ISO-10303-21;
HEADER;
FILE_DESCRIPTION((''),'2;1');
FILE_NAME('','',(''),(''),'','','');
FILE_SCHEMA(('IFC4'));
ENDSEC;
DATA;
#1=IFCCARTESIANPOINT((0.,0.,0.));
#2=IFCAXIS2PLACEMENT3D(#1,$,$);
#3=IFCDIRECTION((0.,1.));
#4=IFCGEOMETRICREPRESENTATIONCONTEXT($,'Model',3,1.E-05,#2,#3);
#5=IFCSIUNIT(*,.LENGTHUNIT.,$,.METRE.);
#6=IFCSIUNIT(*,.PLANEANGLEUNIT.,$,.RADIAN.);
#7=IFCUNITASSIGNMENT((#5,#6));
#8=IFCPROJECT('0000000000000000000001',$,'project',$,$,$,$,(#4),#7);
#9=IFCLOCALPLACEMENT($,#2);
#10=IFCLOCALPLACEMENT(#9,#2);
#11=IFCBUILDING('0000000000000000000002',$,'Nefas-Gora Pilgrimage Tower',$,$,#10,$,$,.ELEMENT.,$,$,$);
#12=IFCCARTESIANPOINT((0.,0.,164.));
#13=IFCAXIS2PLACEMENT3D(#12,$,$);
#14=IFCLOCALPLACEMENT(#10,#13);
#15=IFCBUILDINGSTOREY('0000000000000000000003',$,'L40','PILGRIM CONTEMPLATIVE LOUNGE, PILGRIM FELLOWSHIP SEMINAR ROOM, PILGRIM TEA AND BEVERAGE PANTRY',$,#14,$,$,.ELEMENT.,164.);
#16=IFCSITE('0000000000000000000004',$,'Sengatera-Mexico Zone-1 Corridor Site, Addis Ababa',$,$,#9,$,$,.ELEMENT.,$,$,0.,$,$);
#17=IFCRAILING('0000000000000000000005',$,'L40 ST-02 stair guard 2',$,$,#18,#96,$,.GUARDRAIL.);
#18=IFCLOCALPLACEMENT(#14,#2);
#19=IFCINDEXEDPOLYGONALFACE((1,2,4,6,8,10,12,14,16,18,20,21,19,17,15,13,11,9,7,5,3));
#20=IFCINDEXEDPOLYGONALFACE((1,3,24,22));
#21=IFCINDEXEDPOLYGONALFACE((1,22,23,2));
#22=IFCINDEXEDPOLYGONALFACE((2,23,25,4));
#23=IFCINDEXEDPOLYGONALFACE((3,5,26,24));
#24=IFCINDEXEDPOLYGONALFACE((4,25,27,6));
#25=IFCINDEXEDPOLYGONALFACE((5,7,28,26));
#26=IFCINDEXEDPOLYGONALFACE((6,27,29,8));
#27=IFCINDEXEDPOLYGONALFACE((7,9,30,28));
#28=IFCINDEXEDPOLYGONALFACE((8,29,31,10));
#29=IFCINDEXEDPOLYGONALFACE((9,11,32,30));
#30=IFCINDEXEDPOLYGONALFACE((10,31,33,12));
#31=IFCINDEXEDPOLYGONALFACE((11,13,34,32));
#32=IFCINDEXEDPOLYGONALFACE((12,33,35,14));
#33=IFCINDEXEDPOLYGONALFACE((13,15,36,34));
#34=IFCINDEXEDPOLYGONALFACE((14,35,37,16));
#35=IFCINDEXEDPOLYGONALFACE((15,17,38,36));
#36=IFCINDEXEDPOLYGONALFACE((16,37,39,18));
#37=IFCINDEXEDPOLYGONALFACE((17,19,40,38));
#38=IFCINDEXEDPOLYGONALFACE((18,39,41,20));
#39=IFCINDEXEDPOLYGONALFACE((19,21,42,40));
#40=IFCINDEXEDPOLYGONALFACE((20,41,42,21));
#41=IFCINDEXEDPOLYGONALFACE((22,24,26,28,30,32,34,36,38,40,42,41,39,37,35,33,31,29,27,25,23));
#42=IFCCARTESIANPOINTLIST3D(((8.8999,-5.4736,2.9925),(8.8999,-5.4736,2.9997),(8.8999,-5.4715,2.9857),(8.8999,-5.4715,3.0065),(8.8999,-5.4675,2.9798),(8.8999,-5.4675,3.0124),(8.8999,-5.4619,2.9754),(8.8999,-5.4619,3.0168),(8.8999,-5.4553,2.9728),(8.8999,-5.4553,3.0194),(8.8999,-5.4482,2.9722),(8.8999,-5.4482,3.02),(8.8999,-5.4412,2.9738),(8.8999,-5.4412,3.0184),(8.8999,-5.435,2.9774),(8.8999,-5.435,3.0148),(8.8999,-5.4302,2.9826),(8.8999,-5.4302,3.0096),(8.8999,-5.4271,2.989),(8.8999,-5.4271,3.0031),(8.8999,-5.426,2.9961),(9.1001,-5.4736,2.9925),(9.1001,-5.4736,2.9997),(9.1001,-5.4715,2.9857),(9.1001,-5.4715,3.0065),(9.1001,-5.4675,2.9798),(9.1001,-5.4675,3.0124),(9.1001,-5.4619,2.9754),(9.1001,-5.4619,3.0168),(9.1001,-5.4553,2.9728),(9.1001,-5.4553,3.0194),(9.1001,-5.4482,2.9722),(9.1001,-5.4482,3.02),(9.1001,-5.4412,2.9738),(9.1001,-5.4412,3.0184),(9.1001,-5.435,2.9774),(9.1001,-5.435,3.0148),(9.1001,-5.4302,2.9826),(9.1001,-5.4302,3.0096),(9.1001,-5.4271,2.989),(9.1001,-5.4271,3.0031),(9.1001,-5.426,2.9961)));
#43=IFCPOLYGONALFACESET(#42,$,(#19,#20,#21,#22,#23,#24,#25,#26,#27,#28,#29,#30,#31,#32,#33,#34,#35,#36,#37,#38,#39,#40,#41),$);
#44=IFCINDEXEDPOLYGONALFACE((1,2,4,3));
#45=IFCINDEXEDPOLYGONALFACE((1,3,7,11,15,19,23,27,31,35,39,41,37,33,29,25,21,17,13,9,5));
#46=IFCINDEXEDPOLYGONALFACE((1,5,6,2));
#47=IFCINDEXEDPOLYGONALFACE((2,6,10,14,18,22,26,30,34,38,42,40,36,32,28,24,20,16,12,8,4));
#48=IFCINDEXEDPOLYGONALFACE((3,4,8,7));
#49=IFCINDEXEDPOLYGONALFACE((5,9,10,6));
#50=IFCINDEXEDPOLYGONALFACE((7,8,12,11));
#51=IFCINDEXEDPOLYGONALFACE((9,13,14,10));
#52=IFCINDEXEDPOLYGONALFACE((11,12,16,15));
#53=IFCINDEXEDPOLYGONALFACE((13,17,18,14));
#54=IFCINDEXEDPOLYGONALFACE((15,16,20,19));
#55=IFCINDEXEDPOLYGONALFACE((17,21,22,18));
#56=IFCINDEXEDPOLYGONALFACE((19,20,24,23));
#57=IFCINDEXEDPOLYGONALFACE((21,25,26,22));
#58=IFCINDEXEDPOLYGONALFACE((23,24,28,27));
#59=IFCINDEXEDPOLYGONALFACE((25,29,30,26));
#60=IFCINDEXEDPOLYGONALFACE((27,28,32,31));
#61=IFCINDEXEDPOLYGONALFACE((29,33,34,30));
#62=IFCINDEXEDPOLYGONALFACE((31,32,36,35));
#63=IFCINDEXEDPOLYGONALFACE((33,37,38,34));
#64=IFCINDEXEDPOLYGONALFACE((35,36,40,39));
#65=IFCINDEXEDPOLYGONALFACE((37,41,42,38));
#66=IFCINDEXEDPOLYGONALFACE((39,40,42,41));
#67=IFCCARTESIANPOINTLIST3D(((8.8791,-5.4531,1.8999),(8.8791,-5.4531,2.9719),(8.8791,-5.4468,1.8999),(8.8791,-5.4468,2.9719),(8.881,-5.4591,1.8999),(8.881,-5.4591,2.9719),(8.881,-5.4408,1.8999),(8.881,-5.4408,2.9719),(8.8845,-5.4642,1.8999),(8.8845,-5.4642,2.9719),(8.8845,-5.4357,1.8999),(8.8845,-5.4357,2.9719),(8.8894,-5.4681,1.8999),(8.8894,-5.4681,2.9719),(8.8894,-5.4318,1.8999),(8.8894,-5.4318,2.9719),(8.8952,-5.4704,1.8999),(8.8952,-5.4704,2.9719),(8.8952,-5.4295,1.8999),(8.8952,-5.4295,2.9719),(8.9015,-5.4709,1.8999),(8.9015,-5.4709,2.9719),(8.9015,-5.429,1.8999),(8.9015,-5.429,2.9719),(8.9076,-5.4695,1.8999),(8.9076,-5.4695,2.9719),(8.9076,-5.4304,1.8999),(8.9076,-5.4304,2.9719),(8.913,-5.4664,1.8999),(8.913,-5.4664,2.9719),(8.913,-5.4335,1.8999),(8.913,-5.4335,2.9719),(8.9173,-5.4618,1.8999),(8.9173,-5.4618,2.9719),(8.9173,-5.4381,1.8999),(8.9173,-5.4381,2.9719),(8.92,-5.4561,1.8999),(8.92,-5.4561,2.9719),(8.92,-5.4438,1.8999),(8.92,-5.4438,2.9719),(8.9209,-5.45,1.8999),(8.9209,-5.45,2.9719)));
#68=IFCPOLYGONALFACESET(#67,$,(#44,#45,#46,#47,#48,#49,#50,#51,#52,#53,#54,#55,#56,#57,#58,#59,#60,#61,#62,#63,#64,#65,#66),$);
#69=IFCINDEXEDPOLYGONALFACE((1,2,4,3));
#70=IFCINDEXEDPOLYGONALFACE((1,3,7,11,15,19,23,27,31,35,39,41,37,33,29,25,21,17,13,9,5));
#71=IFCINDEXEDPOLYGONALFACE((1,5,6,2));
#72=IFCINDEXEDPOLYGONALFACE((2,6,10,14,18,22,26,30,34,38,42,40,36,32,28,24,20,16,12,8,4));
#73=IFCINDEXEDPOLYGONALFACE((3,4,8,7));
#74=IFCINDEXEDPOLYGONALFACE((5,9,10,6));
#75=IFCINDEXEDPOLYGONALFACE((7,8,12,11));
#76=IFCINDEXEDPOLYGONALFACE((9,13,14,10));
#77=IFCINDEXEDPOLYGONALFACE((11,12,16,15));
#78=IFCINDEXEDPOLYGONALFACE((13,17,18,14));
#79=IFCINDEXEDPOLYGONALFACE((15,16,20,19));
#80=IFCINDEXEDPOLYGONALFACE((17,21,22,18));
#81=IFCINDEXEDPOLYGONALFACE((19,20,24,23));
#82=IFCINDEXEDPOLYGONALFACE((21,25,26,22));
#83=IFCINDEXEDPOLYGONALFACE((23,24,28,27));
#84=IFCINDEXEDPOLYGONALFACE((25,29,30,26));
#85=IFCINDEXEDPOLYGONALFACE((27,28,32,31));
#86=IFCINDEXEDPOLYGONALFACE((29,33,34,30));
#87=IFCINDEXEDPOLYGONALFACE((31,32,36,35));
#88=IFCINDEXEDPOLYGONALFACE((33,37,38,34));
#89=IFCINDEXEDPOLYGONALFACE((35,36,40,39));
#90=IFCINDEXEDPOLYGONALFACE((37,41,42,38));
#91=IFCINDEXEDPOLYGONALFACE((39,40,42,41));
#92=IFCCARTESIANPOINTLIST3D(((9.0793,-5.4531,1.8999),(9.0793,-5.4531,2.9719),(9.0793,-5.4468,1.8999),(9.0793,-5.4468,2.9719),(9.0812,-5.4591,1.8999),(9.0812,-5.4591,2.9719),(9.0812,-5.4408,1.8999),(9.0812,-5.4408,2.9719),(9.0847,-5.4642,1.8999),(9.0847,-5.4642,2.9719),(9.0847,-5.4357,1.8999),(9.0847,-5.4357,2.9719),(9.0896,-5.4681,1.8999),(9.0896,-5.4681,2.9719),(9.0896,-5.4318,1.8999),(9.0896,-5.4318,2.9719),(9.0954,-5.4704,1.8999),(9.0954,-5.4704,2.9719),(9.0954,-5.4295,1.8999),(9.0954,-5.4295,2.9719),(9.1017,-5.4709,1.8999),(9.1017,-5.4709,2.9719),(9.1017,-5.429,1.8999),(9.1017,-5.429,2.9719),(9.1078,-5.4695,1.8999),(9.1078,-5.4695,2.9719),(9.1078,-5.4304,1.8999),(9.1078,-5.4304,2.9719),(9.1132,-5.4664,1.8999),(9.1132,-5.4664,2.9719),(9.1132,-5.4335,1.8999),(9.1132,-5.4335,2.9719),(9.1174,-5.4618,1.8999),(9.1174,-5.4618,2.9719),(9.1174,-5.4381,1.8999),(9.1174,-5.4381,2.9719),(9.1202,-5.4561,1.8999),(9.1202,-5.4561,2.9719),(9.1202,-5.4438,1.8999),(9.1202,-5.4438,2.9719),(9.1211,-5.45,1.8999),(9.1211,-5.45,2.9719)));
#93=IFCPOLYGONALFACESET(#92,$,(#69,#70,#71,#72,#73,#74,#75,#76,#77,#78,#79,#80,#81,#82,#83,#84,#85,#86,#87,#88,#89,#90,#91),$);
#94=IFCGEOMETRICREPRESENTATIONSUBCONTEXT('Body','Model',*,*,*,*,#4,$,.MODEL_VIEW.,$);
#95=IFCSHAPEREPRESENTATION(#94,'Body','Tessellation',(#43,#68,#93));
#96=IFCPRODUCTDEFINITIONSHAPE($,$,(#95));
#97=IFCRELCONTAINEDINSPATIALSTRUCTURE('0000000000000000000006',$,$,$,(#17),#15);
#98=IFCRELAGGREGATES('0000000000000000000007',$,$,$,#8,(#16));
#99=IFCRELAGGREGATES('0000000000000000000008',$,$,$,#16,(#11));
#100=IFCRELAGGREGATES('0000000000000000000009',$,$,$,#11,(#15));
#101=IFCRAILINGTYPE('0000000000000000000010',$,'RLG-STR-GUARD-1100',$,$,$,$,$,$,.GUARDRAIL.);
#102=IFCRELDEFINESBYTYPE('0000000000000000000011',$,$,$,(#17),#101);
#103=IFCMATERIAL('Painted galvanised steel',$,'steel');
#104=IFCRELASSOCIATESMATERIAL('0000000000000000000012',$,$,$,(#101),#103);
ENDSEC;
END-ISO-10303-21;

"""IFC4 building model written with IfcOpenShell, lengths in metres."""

from ifc_helpers import new_model, si_unit, direction, frame, origin, origin_2d, place, context, subcontext, project, spatial, circle, extrude, material, type_object, element, save


model = new_model("IFC4")

# Units and contexts
model_context = context("Model", 3, precision=1e-05, world=origin(), true_north=direction((0.0, 1.0)))
body_context = subcontext(model_context, "Body", "Model", "MODEL_VIEW")
ifc_project = project(units=[si_unit("LENGTHUNIT", "METRE"), si_unit("PLANEANGLEUNIT", "RADIAN")], contexts=[model_context])

# Site, building, storey
site_placement = place(None, origin())
site = spatial("IfcSite", under=ifc_project, at=site_placement, Name="Sengatera-Mexico Zone-1 Corridor Site, Addis Ababa", CompositionType="ELEMENT", RefElevation=0.0)
building_placement = place(site_placement, origin())
building = spatial("IfcBuilding", under=site, at=building_placement, Name="Nefas-Gora Pilgrimage Tower", CompositionType="ELEMENT")
storey_placement = place(building_placement, frame((0.0, 0.0, 164.0)))
storey = spatial("IfcBuildingStorey", under=building, at=storey_placement, Name="L40", Description="PILGRIM CONTEMPLATIVE LOUNGE, PILGRIM FELLOWSHIP SEMINAR ROOM, PILGRIM TEA AND BEVERAGE PANTRY", CompositionType="ELEMENT", Elevation=164.0)

# Railing
ifc_material_1 = material(Name="Painted galvanised steel", Category="steel")
railing_type_1 = type_object("IfcRailingType", Name="RLG-STR-GUARD-1100", PredefinedType="GUARDRAIL", material=ifc_material_1)
railing_1_placement = place(storey_placement, frame((8.8999, -5.45, 1.8999)))
element("IfcRailing", 1, at=railing_1_placement, inside=storey, type_object=railing_type_1, Name="L40 ST-02 stair guard 2", PredefinedType="GUARDRAIL", context=body_context, shape_type="SweptSolid", body=[
    extrude(circle(Radius=0.0239, at=origin_2d()), frame((0.0, 0.0, 1.0962), z_axis=(1.0, 0.0, 0.0), x_axis=(0.0, 1.0, 0.0)), (0.0, 0.0, 1.0), 0.2002),
    extrude(circle(Radius=0.021, at=origin_2d()), origin(), (0.0, 0.0, 1.0), 1.072),
    extrude(circle(Radius=0.021, at=origin_2d()), frame((0.2002, 0.0, 0.0)), (0.0, 0.0, 1.0), 1.072),
])

save(model, "model.ifc")
